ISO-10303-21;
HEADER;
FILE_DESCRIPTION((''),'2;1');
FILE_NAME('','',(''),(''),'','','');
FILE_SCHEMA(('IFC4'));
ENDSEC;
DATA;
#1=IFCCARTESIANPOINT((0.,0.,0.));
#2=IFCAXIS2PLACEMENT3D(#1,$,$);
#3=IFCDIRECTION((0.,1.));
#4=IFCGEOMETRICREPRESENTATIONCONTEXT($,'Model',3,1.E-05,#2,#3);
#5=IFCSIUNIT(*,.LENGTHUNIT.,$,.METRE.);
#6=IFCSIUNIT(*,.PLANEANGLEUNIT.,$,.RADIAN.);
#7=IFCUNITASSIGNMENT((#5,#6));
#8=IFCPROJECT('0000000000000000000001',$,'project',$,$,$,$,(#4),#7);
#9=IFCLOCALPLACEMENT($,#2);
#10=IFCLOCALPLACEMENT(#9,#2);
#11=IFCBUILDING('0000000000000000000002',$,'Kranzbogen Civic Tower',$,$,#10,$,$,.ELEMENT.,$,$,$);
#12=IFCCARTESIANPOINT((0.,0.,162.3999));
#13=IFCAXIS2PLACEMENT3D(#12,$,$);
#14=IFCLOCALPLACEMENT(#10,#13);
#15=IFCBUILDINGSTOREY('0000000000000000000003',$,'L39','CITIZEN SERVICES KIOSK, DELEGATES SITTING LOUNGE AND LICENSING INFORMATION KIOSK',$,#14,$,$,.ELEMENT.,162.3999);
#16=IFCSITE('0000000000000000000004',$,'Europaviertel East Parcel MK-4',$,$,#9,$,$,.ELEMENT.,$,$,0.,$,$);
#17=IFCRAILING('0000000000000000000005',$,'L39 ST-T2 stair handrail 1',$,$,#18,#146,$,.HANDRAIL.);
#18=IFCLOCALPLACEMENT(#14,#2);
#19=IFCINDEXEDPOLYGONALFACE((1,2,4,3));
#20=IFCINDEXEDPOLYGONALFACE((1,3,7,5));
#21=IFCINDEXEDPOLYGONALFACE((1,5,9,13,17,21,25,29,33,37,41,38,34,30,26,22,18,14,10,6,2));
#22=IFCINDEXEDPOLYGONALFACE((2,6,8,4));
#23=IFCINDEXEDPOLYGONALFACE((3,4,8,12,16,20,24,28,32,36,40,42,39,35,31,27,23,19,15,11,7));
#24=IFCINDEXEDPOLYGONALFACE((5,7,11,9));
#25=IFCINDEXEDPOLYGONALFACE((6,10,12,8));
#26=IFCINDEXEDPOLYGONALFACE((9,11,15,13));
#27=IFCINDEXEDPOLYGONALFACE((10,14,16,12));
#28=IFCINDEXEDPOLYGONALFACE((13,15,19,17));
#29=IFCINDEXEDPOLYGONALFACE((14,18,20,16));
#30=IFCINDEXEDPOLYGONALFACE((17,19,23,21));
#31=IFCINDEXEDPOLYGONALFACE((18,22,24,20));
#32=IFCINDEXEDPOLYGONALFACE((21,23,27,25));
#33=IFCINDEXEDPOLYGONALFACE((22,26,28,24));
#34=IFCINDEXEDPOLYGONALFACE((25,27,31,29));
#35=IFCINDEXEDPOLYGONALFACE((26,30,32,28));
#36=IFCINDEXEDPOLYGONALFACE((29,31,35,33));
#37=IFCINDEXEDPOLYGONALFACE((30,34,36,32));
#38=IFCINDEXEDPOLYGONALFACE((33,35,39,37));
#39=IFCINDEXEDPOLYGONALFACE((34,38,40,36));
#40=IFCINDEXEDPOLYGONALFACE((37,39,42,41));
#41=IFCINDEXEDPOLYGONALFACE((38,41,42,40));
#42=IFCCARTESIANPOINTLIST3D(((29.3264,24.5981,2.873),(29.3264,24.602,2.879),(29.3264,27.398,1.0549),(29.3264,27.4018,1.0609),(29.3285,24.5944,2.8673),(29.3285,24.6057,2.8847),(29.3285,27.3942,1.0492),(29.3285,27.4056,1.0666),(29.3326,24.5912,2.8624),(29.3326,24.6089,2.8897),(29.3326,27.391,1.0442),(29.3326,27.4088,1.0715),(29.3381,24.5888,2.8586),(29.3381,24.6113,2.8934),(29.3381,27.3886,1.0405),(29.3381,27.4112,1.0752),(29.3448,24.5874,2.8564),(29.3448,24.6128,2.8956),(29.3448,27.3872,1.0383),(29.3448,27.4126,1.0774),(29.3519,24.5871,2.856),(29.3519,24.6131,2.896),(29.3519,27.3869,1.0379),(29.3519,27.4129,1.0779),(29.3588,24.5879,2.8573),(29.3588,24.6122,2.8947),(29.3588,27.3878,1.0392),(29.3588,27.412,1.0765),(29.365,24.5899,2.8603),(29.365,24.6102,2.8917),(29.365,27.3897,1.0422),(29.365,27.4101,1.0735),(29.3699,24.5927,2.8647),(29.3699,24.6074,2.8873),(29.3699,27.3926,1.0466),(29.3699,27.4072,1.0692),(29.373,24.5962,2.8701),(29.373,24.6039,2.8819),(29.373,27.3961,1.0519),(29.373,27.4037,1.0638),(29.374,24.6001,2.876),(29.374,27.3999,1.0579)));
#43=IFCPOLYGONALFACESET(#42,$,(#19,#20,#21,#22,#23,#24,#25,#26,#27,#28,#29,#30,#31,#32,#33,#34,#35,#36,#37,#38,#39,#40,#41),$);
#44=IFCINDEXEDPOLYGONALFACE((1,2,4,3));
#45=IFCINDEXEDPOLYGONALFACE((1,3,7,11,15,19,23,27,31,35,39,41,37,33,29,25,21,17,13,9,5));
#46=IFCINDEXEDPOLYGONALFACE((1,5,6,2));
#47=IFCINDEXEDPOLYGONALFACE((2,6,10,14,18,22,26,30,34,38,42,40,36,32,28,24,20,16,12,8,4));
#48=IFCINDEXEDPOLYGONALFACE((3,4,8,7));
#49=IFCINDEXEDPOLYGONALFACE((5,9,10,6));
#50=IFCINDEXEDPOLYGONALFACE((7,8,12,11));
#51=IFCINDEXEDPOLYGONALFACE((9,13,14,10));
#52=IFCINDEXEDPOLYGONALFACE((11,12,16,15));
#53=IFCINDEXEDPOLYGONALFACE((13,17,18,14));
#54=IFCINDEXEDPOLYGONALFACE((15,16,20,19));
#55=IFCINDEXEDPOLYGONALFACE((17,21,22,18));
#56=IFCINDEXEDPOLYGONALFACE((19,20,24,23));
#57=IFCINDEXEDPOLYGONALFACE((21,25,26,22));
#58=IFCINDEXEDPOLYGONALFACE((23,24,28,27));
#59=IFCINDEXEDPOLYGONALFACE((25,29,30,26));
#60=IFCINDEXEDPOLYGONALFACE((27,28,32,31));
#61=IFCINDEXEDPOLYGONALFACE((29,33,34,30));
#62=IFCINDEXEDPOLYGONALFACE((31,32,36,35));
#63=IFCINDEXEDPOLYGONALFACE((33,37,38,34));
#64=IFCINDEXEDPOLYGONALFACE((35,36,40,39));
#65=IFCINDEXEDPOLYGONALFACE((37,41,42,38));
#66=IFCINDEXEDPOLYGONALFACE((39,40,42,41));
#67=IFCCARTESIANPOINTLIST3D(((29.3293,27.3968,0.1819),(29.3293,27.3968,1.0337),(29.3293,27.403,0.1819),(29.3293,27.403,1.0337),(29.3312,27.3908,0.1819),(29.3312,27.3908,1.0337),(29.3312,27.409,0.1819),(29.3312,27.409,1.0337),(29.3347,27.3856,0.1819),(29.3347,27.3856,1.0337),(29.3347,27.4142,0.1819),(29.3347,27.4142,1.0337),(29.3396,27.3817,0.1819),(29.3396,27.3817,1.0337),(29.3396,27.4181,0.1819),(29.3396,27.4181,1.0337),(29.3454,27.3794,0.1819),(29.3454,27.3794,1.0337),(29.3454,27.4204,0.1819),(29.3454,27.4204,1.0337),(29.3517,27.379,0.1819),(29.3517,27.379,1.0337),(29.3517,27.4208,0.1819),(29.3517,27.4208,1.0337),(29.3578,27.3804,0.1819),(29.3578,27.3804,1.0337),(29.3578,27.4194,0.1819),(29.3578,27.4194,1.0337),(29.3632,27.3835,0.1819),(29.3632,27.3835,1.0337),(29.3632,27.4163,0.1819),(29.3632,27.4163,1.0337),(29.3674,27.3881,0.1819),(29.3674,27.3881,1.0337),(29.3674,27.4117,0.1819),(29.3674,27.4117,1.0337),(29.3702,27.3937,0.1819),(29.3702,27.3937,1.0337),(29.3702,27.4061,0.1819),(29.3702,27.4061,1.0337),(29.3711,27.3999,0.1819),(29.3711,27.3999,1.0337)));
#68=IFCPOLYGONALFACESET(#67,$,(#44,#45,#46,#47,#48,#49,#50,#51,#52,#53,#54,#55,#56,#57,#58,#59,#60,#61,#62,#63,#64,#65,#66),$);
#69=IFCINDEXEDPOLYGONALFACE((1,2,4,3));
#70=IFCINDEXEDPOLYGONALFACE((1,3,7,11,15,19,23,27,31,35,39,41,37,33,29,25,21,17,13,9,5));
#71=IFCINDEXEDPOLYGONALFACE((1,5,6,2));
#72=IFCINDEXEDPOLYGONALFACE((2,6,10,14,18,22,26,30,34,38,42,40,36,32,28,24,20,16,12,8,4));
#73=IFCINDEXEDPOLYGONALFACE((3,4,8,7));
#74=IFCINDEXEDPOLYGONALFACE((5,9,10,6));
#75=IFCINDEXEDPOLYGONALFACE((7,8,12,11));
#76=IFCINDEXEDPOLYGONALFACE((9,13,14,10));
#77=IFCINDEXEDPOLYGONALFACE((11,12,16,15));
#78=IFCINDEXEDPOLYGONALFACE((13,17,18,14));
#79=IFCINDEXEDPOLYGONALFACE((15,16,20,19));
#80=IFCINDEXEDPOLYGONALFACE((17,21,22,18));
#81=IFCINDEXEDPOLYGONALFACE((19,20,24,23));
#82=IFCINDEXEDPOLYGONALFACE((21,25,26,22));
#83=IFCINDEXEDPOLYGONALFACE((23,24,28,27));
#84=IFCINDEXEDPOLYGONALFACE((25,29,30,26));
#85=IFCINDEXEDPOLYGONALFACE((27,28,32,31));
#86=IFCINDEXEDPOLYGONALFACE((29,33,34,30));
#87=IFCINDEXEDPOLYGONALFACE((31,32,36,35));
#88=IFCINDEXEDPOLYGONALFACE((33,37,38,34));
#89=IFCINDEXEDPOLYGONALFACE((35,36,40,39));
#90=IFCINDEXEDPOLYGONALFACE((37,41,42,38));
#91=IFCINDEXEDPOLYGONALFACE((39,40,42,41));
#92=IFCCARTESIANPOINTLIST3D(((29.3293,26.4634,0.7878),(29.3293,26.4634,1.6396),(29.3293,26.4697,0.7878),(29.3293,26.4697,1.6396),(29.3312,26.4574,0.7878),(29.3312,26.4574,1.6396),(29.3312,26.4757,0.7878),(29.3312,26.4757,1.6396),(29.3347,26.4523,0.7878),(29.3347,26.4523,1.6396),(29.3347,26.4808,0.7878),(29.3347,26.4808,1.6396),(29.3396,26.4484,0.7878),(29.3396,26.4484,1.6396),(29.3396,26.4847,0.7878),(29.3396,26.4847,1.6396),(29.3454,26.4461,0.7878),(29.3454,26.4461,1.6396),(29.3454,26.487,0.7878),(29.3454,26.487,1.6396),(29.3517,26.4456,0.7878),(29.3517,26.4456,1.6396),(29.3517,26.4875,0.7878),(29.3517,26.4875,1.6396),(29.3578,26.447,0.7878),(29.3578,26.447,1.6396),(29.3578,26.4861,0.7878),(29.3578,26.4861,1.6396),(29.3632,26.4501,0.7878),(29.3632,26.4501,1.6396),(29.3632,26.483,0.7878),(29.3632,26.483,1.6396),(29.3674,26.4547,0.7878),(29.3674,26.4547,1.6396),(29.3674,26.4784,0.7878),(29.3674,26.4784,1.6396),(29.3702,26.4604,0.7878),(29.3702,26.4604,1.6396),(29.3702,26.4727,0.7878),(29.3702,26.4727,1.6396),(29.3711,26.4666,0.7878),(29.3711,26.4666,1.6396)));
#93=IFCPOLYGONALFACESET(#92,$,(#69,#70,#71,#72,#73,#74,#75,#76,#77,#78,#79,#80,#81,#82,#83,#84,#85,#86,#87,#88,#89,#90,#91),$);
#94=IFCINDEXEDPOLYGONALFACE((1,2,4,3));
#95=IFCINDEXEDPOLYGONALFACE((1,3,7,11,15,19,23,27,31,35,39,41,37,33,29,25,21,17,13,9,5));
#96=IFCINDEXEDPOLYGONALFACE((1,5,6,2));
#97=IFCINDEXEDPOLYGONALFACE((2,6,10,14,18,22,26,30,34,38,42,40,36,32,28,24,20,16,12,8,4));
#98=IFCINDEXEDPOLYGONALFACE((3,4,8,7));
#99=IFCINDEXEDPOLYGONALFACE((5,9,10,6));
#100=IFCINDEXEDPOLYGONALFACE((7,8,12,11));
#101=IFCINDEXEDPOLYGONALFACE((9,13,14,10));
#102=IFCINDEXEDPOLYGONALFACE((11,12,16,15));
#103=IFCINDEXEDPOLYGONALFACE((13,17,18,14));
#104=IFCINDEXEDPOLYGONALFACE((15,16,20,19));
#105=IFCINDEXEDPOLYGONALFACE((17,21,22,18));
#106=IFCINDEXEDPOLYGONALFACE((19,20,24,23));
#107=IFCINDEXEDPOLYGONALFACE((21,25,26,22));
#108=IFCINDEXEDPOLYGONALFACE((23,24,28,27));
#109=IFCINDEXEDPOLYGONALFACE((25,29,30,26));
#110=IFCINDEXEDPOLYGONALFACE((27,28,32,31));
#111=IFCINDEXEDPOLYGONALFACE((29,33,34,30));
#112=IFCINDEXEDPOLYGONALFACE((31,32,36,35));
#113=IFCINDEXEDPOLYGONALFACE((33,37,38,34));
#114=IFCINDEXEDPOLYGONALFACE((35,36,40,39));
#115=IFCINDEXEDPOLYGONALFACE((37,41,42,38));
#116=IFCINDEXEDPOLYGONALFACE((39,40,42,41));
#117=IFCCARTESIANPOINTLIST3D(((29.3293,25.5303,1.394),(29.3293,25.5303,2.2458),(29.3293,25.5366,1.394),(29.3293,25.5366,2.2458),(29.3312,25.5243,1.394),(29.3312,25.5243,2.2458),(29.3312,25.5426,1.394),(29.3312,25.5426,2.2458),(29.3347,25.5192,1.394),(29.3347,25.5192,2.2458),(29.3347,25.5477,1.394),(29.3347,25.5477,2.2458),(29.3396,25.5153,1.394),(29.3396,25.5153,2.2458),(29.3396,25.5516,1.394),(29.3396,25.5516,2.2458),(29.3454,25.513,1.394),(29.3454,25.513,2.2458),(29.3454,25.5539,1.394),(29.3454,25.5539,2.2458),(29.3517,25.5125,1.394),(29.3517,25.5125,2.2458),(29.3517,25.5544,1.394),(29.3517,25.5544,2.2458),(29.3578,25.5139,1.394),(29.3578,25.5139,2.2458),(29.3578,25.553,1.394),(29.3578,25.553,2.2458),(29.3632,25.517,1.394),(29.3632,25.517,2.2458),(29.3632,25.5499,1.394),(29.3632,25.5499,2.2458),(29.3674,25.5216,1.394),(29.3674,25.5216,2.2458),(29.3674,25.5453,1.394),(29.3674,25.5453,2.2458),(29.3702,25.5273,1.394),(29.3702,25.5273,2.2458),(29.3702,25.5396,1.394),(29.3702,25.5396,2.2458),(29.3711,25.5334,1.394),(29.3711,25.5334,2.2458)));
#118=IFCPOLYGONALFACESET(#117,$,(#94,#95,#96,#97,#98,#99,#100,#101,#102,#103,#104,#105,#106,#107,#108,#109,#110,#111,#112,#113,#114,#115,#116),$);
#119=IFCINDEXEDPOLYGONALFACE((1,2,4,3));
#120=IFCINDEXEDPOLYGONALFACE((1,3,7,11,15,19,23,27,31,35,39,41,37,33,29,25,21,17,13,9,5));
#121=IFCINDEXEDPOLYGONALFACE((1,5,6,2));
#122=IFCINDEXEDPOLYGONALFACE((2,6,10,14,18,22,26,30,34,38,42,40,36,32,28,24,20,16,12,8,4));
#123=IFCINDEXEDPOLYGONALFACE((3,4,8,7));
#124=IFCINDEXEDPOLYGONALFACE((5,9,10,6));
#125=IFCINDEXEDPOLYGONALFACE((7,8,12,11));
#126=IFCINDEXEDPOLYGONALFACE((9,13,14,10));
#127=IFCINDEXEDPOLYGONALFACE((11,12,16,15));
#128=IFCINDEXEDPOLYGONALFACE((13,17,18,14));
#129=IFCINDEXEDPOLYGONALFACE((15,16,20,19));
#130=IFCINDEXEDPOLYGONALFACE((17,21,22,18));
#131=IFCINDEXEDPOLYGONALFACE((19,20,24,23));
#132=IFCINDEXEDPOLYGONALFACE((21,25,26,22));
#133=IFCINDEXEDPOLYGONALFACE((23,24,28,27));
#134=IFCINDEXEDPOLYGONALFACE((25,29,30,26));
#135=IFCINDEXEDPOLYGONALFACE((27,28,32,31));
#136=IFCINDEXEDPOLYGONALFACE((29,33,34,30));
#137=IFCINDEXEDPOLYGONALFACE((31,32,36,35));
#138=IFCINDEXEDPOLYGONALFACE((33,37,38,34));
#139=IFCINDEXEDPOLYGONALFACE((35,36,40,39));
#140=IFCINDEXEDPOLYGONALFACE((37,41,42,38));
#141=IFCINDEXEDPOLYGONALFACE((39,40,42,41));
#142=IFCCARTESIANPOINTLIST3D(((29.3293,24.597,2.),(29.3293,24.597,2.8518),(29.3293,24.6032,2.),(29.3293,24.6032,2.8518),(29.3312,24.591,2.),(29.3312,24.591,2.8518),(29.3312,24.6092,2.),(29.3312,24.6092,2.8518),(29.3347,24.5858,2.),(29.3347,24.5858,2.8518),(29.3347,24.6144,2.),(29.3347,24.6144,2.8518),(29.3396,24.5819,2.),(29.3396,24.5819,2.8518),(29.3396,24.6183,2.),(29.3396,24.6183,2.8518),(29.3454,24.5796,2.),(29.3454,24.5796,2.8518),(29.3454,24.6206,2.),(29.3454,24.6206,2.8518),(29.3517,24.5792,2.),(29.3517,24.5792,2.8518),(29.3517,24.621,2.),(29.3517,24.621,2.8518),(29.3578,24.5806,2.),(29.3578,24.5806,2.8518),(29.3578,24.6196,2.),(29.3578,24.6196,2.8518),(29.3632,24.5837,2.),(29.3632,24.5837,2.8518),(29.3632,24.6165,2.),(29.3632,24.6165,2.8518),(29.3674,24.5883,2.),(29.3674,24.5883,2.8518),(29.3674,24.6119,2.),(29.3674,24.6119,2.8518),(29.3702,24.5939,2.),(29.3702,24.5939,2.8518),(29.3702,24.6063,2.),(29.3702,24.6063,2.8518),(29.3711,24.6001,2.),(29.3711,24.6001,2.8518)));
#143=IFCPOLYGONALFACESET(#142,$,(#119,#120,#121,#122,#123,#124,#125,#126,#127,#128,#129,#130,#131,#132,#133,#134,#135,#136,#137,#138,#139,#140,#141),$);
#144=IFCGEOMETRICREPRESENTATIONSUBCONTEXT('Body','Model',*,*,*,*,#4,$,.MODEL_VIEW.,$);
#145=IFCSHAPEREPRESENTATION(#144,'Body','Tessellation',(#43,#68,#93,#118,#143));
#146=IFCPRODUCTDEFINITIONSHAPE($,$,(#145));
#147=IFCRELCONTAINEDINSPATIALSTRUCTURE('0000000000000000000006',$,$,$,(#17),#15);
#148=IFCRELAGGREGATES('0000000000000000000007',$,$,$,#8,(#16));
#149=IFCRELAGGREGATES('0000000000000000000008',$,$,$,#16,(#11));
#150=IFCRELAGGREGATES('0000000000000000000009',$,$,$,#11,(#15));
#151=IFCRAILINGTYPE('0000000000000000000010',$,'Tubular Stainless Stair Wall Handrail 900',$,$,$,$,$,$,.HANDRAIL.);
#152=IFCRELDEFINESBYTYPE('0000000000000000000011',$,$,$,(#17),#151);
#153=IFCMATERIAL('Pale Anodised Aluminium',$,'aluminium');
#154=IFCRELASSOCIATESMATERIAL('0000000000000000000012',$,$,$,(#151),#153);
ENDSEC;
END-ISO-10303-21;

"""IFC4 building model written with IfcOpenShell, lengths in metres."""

from ifc_helpers import new_model, si_unit, direction, frame, origin, origin_2d, place, context, subcontext, project, spatial, circle, extrude, material, type_object, element, save


model = new_model("IFC4")

# Units and contexts
model_context = context("Model", 3, precision=1e-05, world=origin(), true_north=direction((0.0, 1.0)))
body_context = subcontext(model_context, "Body", "Model", "MODEL_VIEW")
ifc_project = project(units=[si_unit("LENGTHUNIT", "METRE"), si_unit("PLANEANGLEUNIT", "RADIAN")], contexts=[model_context])

# Site, building, storey
site_placement = place(None, origin())
site = spatial("IfcSite", under=ifc_project, at=site_placement, Name="Europaviertel East Parcel MK-4", CompositionType="ELEMENT", RefElevation=0.0)
building_placement = place(site_placement, origin())
building = spatial("IfcBuilding", under=site, at=building_placement, Name="Kranzbogen Civic Tower", CompositionType="ELEMENT")
storey_placement = place(building_placement, frame((0.0, 0.0, 162.3999)))
storey = spatial("IfcBuildingStorey", under=building, at=storey_placement, Name="L39", Description="CITIZEN SERVICES KIOSK, DELEGATES SITTING LOUNGE AND LICENSING INFORMATION KIOSK", CompositionType="ELEMENT", Elevation=162.3999)

# Shared definitions
ifc_material_1 = material(Name="Pale Anodised Aluminium", Category="aluminium")

# Railing
railing_type_1 = type_object("IfcRailingType", Name="Tubular Stainless Stair Wall Handrail 900", PredefinedType="HANDRAIL", material=ifc_material_1)
railing_1_placement = place(storey_placement, frame((29.3501, 27.3999, 0.1819)))
element("IfcRailing", 1, at=railing_1_placement, inside=storey, type_object=railing_type_1, Name="L39 ST-T2 stair handrail 1", PredefinedType="HANDRAIL", context=body_context, shape_type="SweptSolid", body=[
    extrude(circle(Radius=0.0239, at=origin_2d()), frame((0.0, 0.0, 0.876), z_axis=(0.0, -0.838684, 0.544618), x_axis=(1.0, 0.0, 0.0)), (0.0, 0.0, 1.0), 3.3384),
    extrude(circle(Radius=0.021, at=origin_2d()), origin(), (0.0, 0.0, 1.0), 0.8518),
    extrude(circle(Radius=0.021, at=origin_2d()), frame((0.0, -0.9333, 0.606)), (0.0, 0.0, 1.0), 0.8518),
    extrude(circle(Radius=0.021, at=origin_2d()), frame((0.0, -1.8665, 1.2122)), (0.0, 0.0, 1.0), 0.8518),
    extrude(circle(Radius=0.021, at=origin_2d()), frame((0.0, -2.7998, 1.8181)), (0.0, 0.0, 1.0), 0.8518),
])

save(model, "model.ifc")
